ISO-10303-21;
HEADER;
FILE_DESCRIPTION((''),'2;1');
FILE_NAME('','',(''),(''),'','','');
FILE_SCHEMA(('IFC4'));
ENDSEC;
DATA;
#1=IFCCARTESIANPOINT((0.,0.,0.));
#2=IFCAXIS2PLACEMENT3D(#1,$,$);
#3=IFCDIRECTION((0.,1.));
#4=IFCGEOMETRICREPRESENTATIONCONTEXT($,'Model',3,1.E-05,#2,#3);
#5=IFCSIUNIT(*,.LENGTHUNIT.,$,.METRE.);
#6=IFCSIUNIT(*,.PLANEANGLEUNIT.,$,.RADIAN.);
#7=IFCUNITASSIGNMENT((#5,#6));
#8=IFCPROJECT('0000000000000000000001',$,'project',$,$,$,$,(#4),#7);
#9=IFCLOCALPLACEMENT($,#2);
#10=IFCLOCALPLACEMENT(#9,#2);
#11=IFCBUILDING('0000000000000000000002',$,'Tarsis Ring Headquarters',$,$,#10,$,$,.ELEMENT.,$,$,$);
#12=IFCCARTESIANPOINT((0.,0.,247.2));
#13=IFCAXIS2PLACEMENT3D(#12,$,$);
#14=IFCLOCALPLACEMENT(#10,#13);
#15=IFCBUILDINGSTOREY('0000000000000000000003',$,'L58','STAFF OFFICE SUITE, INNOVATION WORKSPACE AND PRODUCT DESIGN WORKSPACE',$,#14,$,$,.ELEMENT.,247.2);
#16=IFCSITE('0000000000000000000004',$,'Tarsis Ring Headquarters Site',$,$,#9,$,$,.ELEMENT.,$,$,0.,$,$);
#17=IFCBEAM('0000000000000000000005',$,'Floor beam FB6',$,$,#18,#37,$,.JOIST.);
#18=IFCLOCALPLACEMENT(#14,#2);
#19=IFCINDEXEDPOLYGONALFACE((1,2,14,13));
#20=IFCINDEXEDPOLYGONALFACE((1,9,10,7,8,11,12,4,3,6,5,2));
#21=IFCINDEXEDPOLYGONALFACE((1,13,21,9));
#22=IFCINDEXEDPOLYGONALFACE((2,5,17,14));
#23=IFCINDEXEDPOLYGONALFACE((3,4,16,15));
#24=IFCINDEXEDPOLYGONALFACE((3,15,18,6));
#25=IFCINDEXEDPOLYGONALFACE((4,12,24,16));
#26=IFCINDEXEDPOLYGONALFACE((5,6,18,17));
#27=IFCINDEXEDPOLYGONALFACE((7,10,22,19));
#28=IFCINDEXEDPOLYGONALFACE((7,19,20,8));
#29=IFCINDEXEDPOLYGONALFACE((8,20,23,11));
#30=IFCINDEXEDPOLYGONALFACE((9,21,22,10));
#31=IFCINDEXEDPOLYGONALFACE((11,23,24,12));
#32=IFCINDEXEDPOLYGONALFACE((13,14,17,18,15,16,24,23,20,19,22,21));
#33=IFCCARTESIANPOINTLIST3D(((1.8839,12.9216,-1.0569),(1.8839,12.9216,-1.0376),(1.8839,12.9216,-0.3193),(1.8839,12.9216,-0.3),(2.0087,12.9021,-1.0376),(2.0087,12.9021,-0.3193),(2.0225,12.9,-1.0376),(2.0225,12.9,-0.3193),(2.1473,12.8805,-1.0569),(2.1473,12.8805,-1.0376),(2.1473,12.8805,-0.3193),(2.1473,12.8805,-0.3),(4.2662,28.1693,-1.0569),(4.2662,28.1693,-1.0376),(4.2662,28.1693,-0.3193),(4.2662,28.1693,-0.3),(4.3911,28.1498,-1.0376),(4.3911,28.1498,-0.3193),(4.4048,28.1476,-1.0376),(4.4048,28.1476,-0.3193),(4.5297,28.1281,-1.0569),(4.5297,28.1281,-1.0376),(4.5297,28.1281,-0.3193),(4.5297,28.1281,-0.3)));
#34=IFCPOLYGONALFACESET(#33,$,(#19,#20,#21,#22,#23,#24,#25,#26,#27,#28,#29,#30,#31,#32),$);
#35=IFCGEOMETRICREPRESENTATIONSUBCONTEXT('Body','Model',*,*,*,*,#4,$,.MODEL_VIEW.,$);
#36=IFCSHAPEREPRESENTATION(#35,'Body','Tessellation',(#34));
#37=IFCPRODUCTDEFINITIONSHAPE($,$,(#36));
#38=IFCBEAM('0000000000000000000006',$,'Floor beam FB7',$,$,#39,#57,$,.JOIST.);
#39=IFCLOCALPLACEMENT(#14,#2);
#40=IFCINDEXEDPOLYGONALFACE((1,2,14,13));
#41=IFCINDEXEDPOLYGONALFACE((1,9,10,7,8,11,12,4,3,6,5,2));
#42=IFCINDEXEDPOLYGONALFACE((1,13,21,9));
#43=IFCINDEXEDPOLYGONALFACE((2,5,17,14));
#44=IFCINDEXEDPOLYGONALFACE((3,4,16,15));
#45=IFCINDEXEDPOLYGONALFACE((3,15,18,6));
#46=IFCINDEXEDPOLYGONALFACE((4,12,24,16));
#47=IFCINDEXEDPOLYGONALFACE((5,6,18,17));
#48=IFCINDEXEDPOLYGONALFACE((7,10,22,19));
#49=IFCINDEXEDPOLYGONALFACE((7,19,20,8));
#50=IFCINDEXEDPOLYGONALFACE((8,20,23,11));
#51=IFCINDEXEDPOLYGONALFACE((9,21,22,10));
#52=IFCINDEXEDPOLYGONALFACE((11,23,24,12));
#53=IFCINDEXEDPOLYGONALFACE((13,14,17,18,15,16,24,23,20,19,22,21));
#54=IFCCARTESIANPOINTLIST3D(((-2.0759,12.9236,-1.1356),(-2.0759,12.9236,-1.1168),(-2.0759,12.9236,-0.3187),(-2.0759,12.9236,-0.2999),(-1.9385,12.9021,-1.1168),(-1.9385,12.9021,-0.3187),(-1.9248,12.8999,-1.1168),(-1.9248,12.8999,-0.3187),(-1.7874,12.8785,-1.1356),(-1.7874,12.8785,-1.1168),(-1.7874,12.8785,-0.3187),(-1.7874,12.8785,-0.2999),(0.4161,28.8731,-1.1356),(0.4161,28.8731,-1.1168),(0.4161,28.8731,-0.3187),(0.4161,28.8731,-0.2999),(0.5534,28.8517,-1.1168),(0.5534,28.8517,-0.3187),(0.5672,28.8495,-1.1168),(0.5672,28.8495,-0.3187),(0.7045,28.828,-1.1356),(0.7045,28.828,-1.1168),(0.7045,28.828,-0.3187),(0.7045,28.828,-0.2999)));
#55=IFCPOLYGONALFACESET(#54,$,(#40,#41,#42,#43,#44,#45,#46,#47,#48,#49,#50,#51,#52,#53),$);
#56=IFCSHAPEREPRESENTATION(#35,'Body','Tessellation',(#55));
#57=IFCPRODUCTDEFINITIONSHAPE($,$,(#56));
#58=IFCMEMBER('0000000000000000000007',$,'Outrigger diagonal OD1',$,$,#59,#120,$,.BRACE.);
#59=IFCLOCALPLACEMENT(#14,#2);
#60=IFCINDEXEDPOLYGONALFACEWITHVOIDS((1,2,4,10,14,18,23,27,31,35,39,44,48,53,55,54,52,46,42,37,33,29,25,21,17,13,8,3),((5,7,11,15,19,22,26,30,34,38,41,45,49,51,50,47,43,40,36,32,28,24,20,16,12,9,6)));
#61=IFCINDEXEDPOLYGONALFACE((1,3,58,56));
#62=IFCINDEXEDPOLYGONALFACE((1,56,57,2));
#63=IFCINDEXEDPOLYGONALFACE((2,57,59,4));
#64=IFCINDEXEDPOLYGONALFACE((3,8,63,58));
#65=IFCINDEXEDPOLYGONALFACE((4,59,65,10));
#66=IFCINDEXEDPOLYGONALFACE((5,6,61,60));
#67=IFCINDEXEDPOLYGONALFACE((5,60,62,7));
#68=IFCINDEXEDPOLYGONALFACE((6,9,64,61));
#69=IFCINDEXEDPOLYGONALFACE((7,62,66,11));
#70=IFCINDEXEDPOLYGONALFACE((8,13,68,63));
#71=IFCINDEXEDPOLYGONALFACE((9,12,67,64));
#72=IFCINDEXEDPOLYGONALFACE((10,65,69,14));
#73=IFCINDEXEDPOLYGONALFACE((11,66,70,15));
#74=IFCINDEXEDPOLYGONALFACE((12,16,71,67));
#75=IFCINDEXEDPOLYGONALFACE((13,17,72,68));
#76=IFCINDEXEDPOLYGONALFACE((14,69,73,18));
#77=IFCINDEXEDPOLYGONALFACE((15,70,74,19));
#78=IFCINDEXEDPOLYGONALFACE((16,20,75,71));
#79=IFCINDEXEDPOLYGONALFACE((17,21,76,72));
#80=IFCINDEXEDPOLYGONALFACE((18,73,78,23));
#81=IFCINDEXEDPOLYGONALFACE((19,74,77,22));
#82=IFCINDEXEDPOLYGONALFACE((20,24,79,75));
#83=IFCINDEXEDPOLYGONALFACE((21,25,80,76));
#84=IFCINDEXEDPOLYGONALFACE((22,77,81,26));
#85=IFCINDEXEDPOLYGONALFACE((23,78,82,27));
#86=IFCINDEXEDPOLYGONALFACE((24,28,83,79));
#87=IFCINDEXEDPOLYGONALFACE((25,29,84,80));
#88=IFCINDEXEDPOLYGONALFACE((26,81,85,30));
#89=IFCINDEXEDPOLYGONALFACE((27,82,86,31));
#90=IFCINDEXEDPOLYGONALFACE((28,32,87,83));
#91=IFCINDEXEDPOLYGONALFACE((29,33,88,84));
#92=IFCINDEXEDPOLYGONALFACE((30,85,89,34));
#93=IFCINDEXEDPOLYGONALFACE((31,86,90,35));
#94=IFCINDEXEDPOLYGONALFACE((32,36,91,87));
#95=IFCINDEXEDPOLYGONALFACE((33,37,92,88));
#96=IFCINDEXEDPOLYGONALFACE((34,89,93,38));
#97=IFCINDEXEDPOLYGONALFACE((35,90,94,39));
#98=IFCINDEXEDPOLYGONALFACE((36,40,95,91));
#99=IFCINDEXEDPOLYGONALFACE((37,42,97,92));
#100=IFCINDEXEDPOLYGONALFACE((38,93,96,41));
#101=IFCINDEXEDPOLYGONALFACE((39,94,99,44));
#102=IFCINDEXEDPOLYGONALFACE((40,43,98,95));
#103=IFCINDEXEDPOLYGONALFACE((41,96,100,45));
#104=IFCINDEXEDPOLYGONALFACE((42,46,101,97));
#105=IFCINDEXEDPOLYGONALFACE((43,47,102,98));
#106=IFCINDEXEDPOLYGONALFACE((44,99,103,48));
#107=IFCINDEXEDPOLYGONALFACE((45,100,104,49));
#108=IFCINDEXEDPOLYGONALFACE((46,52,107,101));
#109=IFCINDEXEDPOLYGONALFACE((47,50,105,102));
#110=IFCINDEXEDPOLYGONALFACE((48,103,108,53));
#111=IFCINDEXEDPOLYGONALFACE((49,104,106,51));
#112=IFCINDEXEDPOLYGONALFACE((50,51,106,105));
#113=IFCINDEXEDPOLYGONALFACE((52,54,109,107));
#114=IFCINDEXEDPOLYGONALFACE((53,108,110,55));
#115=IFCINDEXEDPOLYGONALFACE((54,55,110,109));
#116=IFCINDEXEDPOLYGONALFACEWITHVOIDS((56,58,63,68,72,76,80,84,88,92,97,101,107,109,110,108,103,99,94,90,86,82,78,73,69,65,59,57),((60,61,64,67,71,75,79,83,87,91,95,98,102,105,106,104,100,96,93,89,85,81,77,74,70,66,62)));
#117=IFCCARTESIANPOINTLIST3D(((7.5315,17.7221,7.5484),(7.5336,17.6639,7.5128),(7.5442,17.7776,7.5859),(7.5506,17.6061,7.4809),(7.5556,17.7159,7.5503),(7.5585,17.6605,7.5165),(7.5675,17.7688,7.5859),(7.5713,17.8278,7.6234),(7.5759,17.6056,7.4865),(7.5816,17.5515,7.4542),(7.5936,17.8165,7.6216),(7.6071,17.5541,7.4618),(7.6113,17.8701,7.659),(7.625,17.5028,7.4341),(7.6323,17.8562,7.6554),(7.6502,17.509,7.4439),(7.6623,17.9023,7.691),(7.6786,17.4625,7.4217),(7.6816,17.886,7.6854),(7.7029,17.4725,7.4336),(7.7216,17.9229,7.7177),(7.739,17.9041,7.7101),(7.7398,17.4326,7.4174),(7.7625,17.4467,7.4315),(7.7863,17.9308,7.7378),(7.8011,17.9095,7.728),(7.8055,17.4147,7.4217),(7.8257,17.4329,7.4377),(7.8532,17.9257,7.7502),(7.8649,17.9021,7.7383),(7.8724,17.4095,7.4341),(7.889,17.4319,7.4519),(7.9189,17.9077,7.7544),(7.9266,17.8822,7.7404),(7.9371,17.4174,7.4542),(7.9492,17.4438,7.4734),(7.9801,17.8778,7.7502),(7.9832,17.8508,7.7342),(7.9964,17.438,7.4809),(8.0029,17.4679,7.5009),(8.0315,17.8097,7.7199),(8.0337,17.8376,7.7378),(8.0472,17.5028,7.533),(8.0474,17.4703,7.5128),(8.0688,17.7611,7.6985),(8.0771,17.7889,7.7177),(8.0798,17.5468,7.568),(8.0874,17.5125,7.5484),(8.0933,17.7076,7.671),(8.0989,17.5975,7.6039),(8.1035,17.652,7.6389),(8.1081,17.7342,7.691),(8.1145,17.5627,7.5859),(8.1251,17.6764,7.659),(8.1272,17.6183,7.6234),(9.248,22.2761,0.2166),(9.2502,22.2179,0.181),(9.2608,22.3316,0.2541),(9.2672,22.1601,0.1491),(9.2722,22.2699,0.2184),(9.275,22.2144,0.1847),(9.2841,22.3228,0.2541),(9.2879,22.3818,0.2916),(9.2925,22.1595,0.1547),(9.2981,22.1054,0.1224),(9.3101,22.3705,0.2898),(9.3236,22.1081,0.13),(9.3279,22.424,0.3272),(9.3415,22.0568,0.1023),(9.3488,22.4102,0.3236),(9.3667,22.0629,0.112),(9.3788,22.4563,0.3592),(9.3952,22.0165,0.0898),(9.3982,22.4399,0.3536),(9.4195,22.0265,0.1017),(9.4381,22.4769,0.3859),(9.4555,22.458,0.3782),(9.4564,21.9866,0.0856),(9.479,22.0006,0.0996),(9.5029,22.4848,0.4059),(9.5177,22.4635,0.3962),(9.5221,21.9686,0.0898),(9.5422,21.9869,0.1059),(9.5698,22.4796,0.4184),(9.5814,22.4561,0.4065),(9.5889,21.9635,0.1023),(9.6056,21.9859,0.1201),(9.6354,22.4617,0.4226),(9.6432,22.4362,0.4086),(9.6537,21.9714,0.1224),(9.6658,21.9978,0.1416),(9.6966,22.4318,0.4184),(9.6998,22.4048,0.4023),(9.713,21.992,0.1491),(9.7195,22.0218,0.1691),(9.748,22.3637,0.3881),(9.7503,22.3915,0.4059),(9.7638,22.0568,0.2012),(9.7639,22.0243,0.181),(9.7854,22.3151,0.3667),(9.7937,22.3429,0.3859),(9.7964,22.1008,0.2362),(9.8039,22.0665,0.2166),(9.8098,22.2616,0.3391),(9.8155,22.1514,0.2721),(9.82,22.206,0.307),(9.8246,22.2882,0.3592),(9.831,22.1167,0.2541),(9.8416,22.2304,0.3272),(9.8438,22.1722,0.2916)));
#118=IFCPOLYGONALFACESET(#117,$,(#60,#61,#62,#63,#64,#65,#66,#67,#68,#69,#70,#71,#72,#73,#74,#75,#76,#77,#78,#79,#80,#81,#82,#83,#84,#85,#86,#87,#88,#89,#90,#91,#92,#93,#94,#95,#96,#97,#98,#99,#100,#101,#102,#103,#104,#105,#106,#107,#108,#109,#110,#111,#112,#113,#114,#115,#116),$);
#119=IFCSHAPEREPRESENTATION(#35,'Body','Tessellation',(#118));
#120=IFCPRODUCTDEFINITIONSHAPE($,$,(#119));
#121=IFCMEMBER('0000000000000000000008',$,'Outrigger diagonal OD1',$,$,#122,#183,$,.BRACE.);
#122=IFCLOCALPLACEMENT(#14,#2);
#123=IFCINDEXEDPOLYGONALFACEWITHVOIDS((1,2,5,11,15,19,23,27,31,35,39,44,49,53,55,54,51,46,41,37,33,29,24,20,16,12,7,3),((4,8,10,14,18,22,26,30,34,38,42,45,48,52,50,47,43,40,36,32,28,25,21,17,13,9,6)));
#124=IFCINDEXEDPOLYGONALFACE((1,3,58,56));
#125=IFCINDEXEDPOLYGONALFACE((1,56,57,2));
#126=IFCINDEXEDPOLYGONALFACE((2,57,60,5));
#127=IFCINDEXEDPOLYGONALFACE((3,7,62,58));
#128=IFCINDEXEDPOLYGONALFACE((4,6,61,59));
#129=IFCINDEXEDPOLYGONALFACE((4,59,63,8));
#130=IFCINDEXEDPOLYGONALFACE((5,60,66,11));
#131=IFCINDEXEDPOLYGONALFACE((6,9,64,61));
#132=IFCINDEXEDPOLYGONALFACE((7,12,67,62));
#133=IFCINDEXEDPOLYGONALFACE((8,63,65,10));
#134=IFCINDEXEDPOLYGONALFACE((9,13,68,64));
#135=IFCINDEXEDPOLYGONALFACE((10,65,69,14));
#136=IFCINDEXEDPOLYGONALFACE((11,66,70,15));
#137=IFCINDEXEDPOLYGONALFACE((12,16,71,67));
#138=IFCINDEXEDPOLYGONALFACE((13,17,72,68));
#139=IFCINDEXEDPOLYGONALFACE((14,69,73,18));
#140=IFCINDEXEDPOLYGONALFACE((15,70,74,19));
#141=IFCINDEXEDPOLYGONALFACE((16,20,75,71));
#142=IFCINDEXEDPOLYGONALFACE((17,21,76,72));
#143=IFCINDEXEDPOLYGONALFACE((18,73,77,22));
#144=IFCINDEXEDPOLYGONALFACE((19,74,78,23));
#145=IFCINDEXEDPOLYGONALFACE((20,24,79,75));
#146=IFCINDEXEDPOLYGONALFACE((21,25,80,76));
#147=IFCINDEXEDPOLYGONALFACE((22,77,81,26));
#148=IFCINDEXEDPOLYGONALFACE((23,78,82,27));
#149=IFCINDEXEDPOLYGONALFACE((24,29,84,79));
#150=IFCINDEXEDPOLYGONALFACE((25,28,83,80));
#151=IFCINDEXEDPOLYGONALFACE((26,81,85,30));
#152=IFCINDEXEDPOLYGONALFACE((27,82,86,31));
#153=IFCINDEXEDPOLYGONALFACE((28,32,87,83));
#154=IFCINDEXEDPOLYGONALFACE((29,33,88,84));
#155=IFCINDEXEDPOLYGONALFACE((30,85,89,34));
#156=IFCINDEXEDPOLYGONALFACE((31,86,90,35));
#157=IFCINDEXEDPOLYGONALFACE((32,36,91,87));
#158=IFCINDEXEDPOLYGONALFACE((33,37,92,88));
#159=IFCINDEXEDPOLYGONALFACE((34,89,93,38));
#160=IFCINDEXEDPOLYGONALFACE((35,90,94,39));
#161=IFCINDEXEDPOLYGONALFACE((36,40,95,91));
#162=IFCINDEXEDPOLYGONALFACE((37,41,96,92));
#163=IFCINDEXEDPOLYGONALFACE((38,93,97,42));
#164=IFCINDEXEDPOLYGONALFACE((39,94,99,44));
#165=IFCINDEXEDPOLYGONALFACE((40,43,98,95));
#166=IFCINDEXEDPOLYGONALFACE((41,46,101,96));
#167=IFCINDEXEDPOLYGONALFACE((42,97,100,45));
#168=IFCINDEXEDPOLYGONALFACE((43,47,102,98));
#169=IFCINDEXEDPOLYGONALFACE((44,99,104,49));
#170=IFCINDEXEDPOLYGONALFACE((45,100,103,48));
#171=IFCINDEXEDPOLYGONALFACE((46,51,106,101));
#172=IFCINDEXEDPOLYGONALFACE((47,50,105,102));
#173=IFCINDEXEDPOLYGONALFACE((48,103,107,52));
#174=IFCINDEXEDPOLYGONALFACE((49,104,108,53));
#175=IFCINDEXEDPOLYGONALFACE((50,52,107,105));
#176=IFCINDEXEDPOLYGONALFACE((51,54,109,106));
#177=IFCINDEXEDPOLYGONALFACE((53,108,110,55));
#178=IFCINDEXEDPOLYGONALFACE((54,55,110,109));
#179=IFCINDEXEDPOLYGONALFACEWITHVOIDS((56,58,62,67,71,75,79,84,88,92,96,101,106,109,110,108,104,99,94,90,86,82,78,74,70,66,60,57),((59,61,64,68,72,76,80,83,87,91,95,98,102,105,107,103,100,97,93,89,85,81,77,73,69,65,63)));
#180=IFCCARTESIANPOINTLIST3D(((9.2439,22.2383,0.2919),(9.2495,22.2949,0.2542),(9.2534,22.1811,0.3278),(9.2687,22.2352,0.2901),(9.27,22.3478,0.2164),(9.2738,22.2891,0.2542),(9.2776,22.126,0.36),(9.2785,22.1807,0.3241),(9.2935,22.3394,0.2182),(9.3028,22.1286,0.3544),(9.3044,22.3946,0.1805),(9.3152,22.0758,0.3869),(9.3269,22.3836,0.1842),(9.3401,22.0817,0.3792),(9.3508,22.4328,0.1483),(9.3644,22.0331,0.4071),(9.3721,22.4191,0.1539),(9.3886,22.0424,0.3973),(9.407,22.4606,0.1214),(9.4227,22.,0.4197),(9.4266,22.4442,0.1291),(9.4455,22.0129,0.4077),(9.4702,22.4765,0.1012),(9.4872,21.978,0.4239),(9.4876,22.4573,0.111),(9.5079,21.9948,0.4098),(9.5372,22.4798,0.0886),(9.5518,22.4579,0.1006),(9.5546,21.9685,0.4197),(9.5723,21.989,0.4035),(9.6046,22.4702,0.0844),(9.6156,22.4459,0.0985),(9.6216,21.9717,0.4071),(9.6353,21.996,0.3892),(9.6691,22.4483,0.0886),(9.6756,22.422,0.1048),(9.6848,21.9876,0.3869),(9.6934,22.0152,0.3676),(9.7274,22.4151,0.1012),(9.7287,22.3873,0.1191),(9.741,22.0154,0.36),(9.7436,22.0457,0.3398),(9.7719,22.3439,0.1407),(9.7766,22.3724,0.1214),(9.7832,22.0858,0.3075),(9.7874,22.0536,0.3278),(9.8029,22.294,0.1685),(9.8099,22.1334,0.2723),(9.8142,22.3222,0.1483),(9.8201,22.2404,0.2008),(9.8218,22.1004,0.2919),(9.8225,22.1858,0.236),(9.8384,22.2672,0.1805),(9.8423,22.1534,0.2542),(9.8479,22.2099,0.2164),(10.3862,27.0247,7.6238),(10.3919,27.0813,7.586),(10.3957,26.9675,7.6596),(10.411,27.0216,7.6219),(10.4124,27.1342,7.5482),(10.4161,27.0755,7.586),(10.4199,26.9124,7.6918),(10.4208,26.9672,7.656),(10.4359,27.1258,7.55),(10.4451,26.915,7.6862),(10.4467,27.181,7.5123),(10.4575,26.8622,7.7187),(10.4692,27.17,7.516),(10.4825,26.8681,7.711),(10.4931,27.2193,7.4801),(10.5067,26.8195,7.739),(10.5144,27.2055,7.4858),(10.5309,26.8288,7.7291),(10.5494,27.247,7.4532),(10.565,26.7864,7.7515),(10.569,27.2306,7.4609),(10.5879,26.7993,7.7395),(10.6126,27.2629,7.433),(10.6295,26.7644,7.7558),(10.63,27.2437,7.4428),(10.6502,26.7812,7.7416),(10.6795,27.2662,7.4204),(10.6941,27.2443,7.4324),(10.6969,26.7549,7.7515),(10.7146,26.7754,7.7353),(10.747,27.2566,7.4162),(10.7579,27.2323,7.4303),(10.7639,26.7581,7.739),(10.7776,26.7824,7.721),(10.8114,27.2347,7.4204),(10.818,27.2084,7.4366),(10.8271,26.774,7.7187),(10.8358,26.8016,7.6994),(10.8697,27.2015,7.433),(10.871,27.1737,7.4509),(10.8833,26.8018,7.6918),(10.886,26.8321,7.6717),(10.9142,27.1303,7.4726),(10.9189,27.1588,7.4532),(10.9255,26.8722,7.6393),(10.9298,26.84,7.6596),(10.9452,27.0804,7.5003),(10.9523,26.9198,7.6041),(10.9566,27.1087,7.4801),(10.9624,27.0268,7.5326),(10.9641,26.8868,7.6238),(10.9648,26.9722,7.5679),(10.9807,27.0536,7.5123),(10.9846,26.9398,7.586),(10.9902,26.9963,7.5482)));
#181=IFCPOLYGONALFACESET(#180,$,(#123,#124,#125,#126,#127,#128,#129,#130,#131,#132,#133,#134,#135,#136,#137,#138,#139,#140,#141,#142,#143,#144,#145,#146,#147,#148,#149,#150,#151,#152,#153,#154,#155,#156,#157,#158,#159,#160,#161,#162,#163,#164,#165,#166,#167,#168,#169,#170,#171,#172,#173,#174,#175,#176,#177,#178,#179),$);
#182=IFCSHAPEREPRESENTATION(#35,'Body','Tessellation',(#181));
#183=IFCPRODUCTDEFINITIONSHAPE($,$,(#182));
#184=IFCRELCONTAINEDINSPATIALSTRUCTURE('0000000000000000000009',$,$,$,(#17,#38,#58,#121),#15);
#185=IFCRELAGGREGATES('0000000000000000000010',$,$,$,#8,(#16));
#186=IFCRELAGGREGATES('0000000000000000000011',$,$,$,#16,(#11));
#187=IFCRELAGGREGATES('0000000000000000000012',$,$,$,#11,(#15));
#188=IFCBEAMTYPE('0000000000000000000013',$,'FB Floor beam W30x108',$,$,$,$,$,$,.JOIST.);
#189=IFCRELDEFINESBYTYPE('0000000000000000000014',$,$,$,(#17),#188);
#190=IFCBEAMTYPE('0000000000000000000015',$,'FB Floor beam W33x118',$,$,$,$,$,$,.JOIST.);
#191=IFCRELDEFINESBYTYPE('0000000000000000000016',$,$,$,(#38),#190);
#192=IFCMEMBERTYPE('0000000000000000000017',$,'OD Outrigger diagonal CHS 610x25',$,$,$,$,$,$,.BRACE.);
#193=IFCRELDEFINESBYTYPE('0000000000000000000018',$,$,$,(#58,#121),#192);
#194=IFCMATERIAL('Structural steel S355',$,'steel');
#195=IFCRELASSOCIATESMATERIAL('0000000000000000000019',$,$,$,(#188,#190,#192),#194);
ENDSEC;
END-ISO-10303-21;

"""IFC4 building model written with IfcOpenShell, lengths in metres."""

from ifc_helpers import new_model, si_unit, direction, frame, origin, origin_2d, place, context, subcontext, project, spatial, hollow_circle, i_section, extrude, material, material_profile, profile_set, type_object, element, save


model = new_model("IFC4")

# Units and contexts
model_context = context("Model", 3, precision=1e-05, world=origin(), true_north=direction((0.0, 1.0)))
body_context = subcontext(model_context, "Body", "Model", "MODEL_VIEW")
ifc_project = project(units=[si_unit("LENGTHUNIT", "METRE"), si_unit("PLANEANGLEUNIT", "RADIAN")], contexts=[model_context])

# Site, building, storey
site_placement = place(None, origin())
site = spatial("IfcSite", under=ifc_project, at=site_placement, Name="Tarsis Ring Headquarters Site", CompositionType="ELEMENT", RefElevation=0.0)
building_placement = place(site_placement, origin())
building = spatial("IfcBuilding", under=site, at=building_placement, Name="Tarsis Ring Headquarters", CompositionType="ELEMENT")
storey_placement = place(building_placement, frame((0.0, 0.0, 247.2)))
storey = spatial("IfcBuildingStorey", under=building, at=storey_placement, Name="L58", Description="STAFF OFFICE SUITE, INNOVATION WORKSPACE AND PRODUCT DESIGN WORKSPACE", CompositionType="ELEMENT", Elevation=247.2)

# Beams
ifc_material_1 = material(Name="Structural steel S355", Category="steel")
ifc_material_profile_1 = material_profile(ifc_material_1, i_section(OverallWidth=0.2666, OverallDepth=0.7568, WebThickness=0.0139, FlangeThickness=0.0193, at=origin_2d()), Name="W30x108")
ifc_profile_set_1 = profile_set([ifc_material_profile_1], Name="Structural steel S355")
beam_type_1 = type_object("IfcBeamType", Name="FB Floor beam W30x108", PredefinedType="JOIST", material=ifc_profile_set_1)
beam_1_placement = place(storey_placement, frame((4.3979, 28.1487, -0.6785), z_axis=(-0.15437, -0.988013, 0.0), x_axis=(0.988013, -0.15437, 0.0)))
element("IfcBeam", 1, at=beam_1_placement, inside=storey, type_object=beam_type_1, Name="Floor beam FB6", PredefinedType="JOIST", context=body_context, shape_type="SweptSolid", body=[
    extrude(i_section(OverallWidth=0.2666, OverallDepth=0.7568, WebThickness=0.0139, FlangeThickness=0.0193, at=origin_2d()), origin(), (0.0, 0.0, 1.0), 15.4326),
])
ifc_material_profile_2 = material_profile(ifc_material_1, i_section(OverallWidth=0.292, OverallDepth=0.8357, WebThickness=0.0139, FlangeThickness=0.0188, at=origin_2d()), Name="W33x118")
ifc_profile_set_2 = profile_set([ifc_material_profile_2], Name="Structural steel S355")
beam_type_2 = type_object("IfcBeamType", Name="FB Floor beam W33x118", PredefinedType="JOIST", material=ifc_profile_set_2)
beam_2_placement = place(storey_placement, frame((0.5603, 28.8506, -0.7178), z_axis=(-0.154367, -0.988014, 0.0), x_axis=(0.988014, -0.154367, 0.0)))
element("IfcBeam", 2, at=beam_2_placement, inside=storey, type_object=beam_type_2, Name="Floor beam FB7", PredefinedType="JOIST", context=body_context, shape_type="SweptSolid", body=[
    extrude(i_section(OverallWidth=0.292, OverallDepth=0.8357, WebThickness=0.0139, FlangeThickness=0.0188, at=origin_2d()), origin(), (0.0, 0.0, 1.0), 16.1431),
])

# Members
ifc_material_profile_3 = material_profile(ifc_material_1, hollow_circle(Radius=0.3047, WallThickness=0.0249, at=origin_2d()), Name="CHS 610x25")
ifc_profile_set_3 = profile_set([ifc_material_profile_3], Name="Structural steel S355")
member_type_1 = type_object("IfcMemberType", Name="OD Outrigger diagonal CHS 610x25", PredefinedType="BRACE", material=ifc_profile_set_3)
member_1_placement = place(storey_placement, frame((7.8293, 17.6702, 7.5859), z_axis=(0.195063, 0.517494, -0.833157), x_axis=(-0.935732, 0.352712, 0.0)))
element("IfcMember", 3, at=member_1_placement, inside=storey, type_object=member_type_1, Name="Outrigger diagonal OD1", PredefinedType="BRACE", context=body_context, shape_type="SweptSolid", body=[
    extrude(hollow_circle(Radius=0.3047, WallThickness=0.0249, at=origin_2d()), origin(), (0.0, 0.0, 1.0), 8.8),
])
member_2_placement = place(storey_placement, frame((9.5459, 22.2241, 0.2542), z_axis=(0.129369, 0.542057, 0.830324), x_axis=(-0.972682, 0.232144, 0.0)))
element("IfcMember", 4, at=member_2_placement, inside=storey, type_object=member_type_1, Name="Outrigger diagonal OD1", PredefinedType="BRACE", context=body_context, shape_type="SweptSolid", body=[
    extrude(hollow_circle(Radius=0.3047, WallThickness=0.0249, at=origin_2d()), origin(), (0.0, 0.0, 1.0), 8.8301),
])

save(model, "model.ifc")
